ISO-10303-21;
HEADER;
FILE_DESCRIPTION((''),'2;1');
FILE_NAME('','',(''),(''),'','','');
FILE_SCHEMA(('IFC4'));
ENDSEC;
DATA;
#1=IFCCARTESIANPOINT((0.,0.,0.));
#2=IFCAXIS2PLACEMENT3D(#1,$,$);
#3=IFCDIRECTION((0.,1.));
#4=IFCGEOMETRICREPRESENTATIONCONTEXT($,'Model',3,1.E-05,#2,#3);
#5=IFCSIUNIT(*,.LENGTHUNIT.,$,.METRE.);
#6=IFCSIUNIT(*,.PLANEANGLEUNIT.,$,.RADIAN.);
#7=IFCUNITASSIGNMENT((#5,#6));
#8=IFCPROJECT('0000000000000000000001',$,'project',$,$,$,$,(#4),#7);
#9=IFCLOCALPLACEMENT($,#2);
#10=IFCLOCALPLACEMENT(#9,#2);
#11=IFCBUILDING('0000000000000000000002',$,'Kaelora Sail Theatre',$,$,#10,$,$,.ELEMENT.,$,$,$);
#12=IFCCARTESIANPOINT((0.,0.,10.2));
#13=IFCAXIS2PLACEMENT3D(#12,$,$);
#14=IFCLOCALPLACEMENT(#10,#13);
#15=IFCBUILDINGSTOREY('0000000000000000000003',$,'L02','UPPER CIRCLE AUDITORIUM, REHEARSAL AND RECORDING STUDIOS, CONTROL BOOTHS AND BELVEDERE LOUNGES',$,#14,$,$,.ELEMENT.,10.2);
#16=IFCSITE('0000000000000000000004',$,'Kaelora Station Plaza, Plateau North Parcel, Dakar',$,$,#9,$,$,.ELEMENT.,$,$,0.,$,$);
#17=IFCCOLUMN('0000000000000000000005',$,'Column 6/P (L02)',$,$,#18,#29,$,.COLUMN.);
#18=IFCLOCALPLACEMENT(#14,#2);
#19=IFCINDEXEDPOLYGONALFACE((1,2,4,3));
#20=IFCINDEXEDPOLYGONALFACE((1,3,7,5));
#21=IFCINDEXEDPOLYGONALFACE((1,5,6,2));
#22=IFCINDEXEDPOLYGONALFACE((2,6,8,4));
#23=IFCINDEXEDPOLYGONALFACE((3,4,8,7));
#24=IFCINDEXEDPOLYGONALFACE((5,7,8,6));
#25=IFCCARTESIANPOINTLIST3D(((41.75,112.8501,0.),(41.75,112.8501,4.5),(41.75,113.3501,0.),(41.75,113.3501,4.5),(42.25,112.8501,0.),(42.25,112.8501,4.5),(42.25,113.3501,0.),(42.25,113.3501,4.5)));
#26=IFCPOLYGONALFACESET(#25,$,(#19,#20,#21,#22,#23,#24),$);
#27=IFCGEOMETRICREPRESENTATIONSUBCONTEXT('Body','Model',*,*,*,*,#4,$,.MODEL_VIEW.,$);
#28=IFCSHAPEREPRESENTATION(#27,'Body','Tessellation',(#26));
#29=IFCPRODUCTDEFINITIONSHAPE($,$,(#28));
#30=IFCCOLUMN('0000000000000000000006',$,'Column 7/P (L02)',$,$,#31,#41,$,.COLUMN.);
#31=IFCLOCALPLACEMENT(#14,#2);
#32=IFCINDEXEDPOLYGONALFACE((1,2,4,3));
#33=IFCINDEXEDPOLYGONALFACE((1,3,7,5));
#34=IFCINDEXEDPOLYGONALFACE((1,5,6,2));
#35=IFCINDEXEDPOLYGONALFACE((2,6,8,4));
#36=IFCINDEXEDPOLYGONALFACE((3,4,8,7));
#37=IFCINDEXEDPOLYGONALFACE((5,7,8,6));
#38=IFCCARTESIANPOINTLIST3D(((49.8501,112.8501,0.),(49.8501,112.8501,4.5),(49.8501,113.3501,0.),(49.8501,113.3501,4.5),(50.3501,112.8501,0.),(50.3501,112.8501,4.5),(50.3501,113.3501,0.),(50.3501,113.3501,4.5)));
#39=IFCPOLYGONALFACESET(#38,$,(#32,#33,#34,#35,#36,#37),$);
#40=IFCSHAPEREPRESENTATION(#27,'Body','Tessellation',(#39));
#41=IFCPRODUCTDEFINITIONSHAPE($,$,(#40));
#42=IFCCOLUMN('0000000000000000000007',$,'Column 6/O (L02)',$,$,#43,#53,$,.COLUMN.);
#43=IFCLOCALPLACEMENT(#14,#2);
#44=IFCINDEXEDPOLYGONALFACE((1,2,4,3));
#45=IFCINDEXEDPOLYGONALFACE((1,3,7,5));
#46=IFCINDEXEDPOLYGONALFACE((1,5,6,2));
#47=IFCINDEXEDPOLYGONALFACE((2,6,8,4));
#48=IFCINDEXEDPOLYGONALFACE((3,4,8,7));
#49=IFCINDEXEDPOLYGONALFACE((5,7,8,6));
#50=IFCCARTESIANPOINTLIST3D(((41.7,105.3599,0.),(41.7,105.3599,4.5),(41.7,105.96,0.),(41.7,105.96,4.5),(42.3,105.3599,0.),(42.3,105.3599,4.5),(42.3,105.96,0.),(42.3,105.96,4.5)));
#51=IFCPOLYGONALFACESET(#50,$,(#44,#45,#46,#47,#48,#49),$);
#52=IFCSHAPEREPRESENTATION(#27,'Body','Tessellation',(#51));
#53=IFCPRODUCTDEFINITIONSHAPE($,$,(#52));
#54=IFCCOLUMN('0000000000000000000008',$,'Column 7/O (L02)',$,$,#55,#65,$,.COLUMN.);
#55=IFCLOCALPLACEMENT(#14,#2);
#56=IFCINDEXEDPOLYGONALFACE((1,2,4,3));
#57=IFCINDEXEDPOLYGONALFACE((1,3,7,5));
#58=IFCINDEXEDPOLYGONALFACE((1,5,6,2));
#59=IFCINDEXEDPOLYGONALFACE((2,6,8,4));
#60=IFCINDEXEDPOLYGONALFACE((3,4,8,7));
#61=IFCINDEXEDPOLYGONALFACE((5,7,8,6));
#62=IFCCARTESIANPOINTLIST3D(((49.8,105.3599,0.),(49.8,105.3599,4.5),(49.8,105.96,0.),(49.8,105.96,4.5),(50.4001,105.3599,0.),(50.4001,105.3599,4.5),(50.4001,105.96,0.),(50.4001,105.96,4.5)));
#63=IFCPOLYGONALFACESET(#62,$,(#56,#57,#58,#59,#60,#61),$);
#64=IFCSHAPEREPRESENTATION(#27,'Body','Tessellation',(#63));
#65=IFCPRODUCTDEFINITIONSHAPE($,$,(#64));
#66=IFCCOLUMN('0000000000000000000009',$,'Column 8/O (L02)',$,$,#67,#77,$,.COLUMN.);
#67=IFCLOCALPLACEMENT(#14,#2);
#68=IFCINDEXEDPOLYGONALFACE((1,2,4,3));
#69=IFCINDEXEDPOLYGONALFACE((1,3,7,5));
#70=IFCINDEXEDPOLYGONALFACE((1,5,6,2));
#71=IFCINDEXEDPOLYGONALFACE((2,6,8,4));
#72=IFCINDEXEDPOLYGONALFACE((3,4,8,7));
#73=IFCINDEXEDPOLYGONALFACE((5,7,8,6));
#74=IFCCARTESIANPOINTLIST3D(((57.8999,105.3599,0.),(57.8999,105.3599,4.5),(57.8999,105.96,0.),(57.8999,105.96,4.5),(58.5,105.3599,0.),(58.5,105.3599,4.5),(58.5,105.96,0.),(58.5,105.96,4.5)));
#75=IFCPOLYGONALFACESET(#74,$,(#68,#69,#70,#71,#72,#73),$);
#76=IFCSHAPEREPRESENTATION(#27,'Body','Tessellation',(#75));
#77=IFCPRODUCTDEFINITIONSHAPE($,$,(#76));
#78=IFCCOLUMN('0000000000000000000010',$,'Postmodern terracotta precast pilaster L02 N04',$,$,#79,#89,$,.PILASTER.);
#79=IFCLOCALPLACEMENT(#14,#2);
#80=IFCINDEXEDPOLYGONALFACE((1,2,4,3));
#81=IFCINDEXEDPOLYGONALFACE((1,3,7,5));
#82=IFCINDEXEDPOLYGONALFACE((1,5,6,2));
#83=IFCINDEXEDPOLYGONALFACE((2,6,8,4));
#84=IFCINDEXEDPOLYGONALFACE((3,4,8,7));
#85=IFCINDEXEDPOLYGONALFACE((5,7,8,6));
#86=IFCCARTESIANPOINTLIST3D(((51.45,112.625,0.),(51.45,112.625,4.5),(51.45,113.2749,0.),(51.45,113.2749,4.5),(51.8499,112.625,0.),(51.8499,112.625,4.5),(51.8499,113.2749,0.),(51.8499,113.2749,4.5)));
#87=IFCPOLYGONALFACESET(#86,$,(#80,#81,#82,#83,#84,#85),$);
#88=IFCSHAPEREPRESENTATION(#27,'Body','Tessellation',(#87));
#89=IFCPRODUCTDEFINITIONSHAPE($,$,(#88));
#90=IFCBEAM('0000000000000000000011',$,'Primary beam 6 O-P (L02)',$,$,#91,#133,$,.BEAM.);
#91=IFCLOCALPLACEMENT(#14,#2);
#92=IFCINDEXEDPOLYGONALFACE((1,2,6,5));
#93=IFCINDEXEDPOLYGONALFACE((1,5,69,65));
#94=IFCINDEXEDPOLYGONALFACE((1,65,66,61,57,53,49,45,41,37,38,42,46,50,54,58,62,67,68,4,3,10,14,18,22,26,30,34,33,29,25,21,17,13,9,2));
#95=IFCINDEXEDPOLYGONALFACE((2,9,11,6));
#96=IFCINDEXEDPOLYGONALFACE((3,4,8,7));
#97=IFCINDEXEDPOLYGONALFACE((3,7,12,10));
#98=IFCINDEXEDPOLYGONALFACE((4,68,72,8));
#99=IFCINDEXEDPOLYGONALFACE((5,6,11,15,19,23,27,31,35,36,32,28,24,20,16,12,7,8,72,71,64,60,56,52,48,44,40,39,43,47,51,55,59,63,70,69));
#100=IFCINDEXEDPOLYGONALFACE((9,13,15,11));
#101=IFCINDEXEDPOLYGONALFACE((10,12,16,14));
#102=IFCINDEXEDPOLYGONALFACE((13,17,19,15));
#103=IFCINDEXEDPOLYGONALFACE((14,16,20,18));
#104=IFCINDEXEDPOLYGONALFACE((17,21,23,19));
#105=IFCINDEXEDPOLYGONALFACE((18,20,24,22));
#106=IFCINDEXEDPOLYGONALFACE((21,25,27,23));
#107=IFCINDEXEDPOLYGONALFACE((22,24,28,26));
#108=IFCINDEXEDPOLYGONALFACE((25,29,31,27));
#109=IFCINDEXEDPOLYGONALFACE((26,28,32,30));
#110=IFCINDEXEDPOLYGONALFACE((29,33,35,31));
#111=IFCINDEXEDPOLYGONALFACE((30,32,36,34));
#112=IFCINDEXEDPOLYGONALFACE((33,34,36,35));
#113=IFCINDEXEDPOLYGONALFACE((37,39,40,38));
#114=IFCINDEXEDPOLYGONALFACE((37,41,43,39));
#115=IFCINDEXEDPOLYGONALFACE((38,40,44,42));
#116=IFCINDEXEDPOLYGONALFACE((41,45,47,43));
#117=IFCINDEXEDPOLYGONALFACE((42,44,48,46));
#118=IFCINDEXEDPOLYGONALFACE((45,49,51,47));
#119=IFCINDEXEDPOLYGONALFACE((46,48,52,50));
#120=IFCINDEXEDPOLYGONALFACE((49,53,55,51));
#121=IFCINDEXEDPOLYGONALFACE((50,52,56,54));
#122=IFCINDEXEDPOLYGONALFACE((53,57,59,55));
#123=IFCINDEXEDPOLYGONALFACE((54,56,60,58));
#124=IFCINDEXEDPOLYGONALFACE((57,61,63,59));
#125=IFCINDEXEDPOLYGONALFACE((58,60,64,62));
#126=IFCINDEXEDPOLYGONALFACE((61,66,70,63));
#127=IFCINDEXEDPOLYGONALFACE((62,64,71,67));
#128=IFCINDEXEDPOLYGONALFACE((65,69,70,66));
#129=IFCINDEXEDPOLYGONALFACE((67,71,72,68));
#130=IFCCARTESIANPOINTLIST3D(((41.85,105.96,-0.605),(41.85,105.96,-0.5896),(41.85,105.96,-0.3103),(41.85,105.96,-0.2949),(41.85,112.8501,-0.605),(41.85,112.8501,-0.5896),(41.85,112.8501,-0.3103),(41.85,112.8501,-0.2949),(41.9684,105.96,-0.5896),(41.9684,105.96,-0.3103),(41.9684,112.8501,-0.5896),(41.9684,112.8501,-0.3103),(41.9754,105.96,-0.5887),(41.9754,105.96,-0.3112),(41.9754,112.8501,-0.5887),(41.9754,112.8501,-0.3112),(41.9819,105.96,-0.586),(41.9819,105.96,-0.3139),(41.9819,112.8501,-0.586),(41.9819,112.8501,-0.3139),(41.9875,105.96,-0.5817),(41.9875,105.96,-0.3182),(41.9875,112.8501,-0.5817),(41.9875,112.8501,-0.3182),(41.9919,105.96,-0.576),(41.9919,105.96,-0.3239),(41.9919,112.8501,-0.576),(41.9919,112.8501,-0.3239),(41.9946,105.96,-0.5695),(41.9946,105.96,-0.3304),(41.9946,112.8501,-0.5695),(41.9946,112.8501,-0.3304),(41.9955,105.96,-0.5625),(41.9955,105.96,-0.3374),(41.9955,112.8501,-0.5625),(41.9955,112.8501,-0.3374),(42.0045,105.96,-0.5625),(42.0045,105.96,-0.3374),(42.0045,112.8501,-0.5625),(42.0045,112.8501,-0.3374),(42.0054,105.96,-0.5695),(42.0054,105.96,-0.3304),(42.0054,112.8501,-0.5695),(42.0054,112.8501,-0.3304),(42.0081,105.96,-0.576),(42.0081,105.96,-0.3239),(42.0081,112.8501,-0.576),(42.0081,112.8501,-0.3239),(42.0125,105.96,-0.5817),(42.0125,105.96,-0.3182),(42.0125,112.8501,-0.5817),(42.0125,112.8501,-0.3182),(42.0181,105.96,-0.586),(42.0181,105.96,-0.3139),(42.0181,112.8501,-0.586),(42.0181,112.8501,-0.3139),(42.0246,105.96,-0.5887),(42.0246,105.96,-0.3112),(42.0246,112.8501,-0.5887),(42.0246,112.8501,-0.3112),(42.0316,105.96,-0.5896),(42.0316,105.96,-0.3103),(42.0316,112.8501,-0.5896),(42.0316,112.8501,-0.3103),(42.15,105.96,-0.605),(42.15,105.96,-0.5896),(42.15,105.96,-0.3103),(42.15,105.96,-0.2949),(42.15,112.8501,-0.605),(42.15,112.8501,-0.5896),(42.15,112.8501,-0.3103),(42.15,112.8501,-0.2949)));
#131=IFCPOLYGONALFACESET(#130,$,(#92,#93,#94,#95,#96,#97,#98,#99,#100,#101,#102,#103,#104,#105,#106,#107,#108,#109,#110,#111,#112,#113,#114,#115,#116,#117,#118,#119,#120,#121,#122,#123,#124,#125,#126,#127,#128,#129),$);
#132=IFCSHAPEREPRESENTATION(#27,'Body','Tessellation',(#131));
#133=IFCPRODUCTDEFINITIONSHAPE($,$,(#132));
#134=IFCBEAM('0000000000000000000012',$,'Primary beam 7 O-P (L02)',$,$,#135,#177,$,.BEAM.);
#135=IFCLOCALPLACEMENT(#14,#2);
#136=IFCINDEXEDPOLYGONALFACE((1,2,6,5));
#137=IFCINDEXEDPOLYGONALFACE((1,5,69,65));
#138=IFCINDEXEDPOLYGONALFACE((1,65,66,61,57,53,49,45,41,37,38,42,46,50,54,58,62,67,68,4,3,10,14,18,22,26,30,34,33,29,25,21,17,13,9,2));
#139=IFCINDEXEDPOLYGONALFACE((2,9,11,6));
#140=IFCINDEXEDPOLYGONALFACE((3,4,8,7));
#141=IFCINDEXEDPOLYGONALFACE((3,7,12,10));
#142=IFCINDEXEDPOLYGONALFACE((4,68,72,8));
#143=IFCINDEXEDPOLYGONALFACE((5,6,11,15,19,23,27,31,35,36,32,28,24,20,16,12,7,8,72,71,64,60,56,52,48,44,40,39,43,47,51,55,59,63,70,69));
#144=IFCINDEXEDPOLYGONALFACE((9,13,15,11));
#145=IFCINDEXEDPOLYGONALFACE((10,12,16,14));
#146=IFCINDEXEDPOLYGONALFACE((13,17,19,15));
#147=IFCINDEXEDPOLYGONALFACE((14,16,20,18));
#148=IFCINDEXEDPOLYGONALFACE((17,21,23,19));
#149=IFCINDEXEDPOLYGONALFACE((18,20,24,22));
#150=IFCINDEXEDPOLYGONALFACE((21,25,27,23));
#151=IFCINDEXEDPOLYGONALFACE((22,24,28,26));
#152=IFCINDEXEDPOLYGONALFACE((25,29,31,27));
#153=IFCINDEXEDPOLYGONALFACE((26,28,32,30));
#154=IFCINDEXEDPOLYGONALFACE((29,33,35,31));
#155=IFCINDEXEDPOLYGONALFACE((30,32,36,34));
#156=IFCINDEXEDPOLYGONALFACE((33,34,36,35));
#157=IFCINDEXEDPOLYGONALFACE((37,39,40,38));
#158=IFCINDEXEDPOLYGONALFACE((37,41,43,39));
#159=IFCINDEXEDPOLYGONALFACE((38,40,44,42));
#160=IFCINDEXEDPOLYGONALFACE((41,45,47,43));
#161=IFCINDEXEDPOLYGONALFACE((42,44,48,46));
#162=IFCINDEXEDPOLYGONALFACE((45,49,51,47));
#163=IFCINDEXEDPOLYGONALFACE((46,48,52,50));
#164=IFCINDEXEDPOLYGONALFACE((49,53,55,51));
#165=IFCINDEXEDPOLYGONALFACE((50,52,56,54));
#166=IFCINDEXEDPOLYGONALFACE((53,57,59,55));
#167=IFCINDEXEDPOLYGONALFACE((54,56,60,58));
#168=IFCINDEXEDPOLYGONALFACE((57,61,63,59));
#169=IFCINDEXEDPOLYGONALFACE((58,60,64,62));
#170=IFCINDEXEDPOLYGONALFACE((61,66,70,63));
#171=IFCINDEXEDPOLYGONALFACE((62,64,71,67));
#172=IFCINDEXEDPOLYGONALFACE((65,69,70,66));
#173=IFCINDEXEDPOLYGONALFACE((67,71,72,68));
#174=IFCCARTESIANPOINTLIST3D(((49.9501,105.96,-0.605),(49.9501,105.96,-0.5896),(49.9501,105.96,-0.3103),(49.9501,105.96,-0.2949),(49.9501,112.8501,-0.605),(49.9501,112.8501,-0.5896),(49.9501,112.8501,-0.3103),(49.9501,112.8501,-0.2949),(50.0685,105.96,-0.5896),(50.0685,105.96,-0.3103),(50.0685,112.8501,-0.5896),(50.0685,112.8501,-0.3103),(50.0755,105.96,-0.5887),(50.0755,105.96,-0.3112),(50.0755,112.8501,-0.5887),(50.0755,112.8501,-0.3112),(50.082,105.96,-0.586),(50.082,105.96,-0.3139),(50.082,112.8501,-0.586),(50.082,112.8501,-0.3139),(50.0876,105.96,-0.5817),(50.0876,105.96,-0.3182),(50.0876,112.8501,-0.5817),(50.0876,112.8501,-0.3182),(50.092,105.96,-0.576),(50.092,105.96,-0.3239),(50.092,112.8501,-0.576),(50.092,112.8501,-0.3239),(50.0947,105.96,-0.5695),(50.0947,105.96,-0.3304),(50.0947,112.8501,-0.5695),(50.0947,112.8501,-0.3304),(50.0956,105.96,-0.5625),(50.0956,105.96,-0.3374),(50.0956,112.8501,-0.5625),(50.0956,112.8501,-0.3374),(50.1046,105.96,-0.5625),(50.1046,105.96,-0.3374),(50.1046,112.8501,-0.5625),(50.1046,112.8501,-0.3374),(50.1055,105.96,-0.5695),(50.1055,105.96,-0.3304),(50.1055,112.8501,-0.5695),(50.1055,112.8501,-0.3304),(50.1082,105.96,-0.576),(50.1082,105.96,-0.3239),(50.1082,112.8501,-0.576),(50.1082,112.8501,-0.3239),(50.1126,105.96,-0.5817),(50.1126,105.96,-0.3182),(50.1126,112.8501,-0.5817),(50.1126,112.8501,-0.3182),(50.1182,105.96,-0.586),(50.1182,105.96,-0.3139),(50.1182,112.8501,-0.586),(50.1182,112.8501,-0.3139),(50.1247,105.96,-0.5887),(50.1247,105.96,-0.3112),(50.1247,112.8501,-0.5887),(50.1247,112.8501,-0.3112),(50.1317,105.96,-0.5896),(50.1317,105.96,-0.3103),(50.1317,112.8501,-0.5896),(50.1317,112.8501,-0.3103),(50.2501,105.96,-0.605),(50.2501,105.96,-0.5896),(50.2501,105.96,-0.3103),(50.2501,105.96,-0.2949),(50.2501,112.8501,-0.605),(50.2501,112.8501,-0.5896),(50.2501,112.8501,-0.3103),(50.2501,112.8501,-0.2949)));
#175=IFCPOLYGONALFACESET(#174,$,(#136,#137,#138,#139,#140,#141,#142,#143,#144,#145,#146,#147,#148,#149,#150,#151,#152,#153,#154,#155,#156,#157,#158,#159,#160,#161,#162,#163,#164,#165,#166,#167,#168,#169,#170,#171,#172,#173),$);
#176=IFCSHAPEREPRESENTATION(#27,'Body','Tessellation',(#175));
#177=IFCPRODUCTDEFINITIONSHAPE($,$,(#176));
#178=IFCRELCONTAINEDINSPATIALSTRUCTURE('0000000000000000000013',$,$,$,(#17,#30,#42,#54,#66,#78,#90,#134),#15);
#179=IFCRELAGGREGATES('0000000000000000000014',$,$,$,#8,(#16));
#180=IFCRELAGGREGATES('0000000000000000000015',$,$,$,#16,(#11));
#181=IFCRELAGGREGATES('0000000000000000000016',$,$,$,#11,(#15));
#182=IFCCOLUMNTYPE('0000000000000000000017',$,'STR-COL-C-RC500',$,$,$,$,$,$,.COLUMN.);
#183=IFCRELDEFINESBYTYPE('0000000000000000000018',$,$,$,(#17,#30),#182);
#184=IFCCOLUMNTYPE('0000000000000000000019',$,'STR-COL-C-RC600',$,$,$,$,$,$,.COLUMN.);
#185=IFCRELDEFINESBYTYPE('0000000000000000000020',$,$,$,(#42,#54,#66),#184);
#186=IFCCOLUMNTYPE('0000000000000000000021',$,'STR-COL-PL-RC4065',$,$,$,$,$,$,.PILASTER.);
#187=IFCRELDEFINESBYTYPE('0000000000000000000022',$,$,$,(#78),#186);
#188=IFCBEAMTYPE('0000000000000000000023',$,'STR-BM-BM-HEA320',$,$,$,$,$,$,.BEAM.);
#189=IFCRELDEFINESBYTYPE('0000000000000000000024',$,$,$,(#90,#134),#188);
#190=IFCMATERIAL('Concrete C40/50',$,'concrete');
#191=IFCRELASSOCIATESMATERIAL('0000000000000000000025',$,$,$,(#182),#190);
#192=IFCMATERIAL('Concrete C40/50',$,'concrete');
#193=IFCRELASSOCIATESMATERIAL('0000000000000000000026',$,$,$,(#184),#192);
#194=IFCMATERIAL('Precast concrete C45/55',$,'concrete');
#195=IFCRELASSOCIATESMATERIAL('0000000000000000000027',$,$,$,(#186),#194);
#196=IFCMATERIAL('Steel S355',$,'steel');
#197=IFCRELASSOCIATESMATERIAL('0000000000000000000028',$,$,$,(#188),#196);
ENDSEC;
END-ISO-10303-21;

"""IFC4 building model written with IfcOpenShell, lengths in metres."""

from ifc_helpers import new_model, si_unit, direction, frame, origin, origin_2d, place, context, subcontext, project, spatial, rectangle, i_section, extrude, material, material_profile, profile_set, type_object, element, save


model = new_model("IFC4")

# Units and contexts
model_context = context("Model", 3, precision=1e-05, world=origin(), true_north=direction((0.0, 1.0)))
body_context = subcontext(model_context, "Body", "Model", "MODEL_VIEW")
ifc_project = project(units=[si_unit("LENGTHUNIT", "METRE"), si_unit("PLANEANGLEUNIT", "RADIAN")], contexts=[model_context])

# Site, building, storey
site_placement = place(None, origin())
site = spatial("IfcSite", under=ifc_project, at=site_placement, Name="Kaelora Station Plaza, Plateau North Parcel, Dakar", CompositionType="ELEMENT", RefElevation=0.0)
building_placement = place(site_placement, origin())
building = spatial("IfcBuilding", under=site, at=building_placement, Name="Kaelora Sail Theatre", CompositionType="ELEMENT")
storey_placement = place(building_placement, frame((0.0, 0.0, 10.2)))
storey = spatial("IfcBuildingStorey", under=building, at=storey_placement, Name="L02", Description="UPPER CIRCLE AUDITORIUM, REHEARSAL AND RECORDING STUDIOS, CONTROL BOOTHS AND BELVEDERE LOUNGES", CompositionType="ELEMENT", Elevation=10.2)

# Columns
ifc_material_1 = material(Name="Concrete C40/50", Category="concrete")
ifc_material_profile_1 = material_profile(ifc_material_1, rectangle(XDim=0.5, YDim=0.5, at=origin_2d()), Name="RC-COL 500x500")
ifc_profile_set_1 = profile_set([ifc_material_profile_1], Name="Concrete C40/50")
column_type_1 = type_object("IfcColumnType", Name="STR-COL-C-RC500", PredefinedType="COLUMN", material=ifc_profile_set_1)
for number, where, z_axis, x_axis, name in (
    (1, (42.0, 113.1001, 0.0), (0.0, 0.0, 1.0), (1.0, 0.0, 0.0), "Column 6/P (L02)"),
    (2, (50.1001, 113.1001, 0.0), (0.0, 0.0, 1.0), (1.0, 0.0, 0.0), "Column 7/P (L02)"),
):
    element("IfcColumn", number, at=place(storey_placement, frame(where, z_axis=z_axis, x_axis=x_axis)), inside=storey, type_object=column_type_1, Name=name, PredefinedType="COLUMN", context=body_context, shape_type="SweptSolid", body=[
        extrude(rectangle(XDim=0.5, YDim=0.5, at=origin_2d()), origin(), (0.0, 0.0, 1.0), 4.5),
    ])
ifc_material_2 = material(Name="Concrete C40/50", Category="concrete")
ifc_material_profile_2 = material_profile(ifc_material_2, rectangle(XDim=0.6001, YDim=0.6001, at=origin_2d()), Name="RC-COL 600x600")
ifc_profile_set_2 = profile_set([ifc_material_profile_2], Name="Concrete C40/50")
column_type_2 = type_object("IfcColumnType", Name="STR-COL-C-RC600", PredefinedType="COLUMN", material=ifc_profile_set_2)
for number, where, z_axis, x_axis, name in (
    (3, (42.0, 105.6599, 0.0), (0.0, 0.0, 1.0), (1.0, 0.0, 0.0), "Column 6/O (L02)"),
    (4, (50.1001, 105.6599, 0.0), (0.0, 0.0, 1.0), (1.0, 0.0, 0.0), "Column 7/O (L02)"),
    (5, (58.2, 105.6599, 0.0), (0.0, 0.0, 1.0), (1.0, 0.0, 0.0), "Column 8/O (L02)"),
):
    element("IfcColumn", number, at=place(storey_placement, frame(where, z_axis=z_axis, x_axis=x_axis)), inside=storey, type_object=column_type_2, Name=name, PredefinedType="COLUMN", context=body_context, shape_type="SweptSolid", body=[
        extrude(rectangle(XDim=0.6001, YDim=0.6001, at=origin_2d()), origin(), (0.0, 0.0, 1.0), 4.5),
    ])
ifc_material_3 = material(Name="Precast concrete C45/55", Category="concrete")
ifc_material_profile_3 = material_profile(ifc_material_3, rectangle(XDim=0.3999, YDim=0.6499, at=origin_2d()), Name="RC-PIL 400x650")
ifc_profile_set_3 = profile_set([ifc_material_profile_3], Name="Precast concrete C45/55")
column_type_3 = type_object("IfcColumnType", Name="STR-COL-PL-RC4065", PredefinedType="PILASTER", material=ifc_profile_set_3)
column_placement = place(storey_placement, frame((51.6499, 112.95, 0.0), z_axis=(0.0, 0.0, 1.0), x_axis=(1.0, 0.0, 0.0)))
element("IfcColumn", 6, at=column_placement, inside=storey, type_object=column_type_3, Name="Postmodern terracotta precast pilaster L02 N04", PredefinedType="PILASTER", context=body_context, shape_type="SweptSolid", body=[
    extrude(rectangle(XDim=0.3999, YDim=0.6499, at=origin_2d()), origin(), (0.0, 0.0, 1.0), 4.5),
])

# Beams
ifc_material_4 = material(Name="Steel S355", Category="steel")
ifc_material_profile_4 = material_profile(ifc_material_4, i_section(OverallWidth=0.3, OverallDepth=0.3101, WebThickness=0.009, FlangeThickness=0.0154, FilletRadius=0.0271, at=origin_2d()), Name="HEA 320")
ifc_profile_set_4 = profile_set([ifc_material_profile_4], Name="Steel S355")
beam_type_1 = type_object("IfcBeamType", Name="STR-BM-BM-HEA320", PredefinedType="BEAM", material=ifc_profile_set_4)
for number, where, z_axis, x_axis, name in (
    (7, (42.0, 105.96, -0.45), (0.0, 1.0, 0.0), (-1.0, 0.0, 0.0), "Primary beam 6 O-P (L02)"),
    (8, (50.1001, 105.96, -0.45), (0.0, 1.0, 0.0), (-1.0, 0.0, 0.0), "Primary beam 7 O-P (L02)"),
):
    element("IfcBeam", number, at=place(storey_placement, frame(where, z_axis=z_axis, x_axis=x_axis)), inside=storey, type_object=beam_type_1, Name=name, PredefinedType="BEAM", context=body_context, shape_type="SweptSolid", body=[
        extrude(i_section(OverallWidth=0.3, OverallDepth=0.3101, WebThickness=0.009, FlangeThickness=0.0154, FilletRadius=0.0271, at=origin_2d()), origin(), (0.0, 0.0, 1.0), 6.8901),
    ])

save(model, "model.ifc")
